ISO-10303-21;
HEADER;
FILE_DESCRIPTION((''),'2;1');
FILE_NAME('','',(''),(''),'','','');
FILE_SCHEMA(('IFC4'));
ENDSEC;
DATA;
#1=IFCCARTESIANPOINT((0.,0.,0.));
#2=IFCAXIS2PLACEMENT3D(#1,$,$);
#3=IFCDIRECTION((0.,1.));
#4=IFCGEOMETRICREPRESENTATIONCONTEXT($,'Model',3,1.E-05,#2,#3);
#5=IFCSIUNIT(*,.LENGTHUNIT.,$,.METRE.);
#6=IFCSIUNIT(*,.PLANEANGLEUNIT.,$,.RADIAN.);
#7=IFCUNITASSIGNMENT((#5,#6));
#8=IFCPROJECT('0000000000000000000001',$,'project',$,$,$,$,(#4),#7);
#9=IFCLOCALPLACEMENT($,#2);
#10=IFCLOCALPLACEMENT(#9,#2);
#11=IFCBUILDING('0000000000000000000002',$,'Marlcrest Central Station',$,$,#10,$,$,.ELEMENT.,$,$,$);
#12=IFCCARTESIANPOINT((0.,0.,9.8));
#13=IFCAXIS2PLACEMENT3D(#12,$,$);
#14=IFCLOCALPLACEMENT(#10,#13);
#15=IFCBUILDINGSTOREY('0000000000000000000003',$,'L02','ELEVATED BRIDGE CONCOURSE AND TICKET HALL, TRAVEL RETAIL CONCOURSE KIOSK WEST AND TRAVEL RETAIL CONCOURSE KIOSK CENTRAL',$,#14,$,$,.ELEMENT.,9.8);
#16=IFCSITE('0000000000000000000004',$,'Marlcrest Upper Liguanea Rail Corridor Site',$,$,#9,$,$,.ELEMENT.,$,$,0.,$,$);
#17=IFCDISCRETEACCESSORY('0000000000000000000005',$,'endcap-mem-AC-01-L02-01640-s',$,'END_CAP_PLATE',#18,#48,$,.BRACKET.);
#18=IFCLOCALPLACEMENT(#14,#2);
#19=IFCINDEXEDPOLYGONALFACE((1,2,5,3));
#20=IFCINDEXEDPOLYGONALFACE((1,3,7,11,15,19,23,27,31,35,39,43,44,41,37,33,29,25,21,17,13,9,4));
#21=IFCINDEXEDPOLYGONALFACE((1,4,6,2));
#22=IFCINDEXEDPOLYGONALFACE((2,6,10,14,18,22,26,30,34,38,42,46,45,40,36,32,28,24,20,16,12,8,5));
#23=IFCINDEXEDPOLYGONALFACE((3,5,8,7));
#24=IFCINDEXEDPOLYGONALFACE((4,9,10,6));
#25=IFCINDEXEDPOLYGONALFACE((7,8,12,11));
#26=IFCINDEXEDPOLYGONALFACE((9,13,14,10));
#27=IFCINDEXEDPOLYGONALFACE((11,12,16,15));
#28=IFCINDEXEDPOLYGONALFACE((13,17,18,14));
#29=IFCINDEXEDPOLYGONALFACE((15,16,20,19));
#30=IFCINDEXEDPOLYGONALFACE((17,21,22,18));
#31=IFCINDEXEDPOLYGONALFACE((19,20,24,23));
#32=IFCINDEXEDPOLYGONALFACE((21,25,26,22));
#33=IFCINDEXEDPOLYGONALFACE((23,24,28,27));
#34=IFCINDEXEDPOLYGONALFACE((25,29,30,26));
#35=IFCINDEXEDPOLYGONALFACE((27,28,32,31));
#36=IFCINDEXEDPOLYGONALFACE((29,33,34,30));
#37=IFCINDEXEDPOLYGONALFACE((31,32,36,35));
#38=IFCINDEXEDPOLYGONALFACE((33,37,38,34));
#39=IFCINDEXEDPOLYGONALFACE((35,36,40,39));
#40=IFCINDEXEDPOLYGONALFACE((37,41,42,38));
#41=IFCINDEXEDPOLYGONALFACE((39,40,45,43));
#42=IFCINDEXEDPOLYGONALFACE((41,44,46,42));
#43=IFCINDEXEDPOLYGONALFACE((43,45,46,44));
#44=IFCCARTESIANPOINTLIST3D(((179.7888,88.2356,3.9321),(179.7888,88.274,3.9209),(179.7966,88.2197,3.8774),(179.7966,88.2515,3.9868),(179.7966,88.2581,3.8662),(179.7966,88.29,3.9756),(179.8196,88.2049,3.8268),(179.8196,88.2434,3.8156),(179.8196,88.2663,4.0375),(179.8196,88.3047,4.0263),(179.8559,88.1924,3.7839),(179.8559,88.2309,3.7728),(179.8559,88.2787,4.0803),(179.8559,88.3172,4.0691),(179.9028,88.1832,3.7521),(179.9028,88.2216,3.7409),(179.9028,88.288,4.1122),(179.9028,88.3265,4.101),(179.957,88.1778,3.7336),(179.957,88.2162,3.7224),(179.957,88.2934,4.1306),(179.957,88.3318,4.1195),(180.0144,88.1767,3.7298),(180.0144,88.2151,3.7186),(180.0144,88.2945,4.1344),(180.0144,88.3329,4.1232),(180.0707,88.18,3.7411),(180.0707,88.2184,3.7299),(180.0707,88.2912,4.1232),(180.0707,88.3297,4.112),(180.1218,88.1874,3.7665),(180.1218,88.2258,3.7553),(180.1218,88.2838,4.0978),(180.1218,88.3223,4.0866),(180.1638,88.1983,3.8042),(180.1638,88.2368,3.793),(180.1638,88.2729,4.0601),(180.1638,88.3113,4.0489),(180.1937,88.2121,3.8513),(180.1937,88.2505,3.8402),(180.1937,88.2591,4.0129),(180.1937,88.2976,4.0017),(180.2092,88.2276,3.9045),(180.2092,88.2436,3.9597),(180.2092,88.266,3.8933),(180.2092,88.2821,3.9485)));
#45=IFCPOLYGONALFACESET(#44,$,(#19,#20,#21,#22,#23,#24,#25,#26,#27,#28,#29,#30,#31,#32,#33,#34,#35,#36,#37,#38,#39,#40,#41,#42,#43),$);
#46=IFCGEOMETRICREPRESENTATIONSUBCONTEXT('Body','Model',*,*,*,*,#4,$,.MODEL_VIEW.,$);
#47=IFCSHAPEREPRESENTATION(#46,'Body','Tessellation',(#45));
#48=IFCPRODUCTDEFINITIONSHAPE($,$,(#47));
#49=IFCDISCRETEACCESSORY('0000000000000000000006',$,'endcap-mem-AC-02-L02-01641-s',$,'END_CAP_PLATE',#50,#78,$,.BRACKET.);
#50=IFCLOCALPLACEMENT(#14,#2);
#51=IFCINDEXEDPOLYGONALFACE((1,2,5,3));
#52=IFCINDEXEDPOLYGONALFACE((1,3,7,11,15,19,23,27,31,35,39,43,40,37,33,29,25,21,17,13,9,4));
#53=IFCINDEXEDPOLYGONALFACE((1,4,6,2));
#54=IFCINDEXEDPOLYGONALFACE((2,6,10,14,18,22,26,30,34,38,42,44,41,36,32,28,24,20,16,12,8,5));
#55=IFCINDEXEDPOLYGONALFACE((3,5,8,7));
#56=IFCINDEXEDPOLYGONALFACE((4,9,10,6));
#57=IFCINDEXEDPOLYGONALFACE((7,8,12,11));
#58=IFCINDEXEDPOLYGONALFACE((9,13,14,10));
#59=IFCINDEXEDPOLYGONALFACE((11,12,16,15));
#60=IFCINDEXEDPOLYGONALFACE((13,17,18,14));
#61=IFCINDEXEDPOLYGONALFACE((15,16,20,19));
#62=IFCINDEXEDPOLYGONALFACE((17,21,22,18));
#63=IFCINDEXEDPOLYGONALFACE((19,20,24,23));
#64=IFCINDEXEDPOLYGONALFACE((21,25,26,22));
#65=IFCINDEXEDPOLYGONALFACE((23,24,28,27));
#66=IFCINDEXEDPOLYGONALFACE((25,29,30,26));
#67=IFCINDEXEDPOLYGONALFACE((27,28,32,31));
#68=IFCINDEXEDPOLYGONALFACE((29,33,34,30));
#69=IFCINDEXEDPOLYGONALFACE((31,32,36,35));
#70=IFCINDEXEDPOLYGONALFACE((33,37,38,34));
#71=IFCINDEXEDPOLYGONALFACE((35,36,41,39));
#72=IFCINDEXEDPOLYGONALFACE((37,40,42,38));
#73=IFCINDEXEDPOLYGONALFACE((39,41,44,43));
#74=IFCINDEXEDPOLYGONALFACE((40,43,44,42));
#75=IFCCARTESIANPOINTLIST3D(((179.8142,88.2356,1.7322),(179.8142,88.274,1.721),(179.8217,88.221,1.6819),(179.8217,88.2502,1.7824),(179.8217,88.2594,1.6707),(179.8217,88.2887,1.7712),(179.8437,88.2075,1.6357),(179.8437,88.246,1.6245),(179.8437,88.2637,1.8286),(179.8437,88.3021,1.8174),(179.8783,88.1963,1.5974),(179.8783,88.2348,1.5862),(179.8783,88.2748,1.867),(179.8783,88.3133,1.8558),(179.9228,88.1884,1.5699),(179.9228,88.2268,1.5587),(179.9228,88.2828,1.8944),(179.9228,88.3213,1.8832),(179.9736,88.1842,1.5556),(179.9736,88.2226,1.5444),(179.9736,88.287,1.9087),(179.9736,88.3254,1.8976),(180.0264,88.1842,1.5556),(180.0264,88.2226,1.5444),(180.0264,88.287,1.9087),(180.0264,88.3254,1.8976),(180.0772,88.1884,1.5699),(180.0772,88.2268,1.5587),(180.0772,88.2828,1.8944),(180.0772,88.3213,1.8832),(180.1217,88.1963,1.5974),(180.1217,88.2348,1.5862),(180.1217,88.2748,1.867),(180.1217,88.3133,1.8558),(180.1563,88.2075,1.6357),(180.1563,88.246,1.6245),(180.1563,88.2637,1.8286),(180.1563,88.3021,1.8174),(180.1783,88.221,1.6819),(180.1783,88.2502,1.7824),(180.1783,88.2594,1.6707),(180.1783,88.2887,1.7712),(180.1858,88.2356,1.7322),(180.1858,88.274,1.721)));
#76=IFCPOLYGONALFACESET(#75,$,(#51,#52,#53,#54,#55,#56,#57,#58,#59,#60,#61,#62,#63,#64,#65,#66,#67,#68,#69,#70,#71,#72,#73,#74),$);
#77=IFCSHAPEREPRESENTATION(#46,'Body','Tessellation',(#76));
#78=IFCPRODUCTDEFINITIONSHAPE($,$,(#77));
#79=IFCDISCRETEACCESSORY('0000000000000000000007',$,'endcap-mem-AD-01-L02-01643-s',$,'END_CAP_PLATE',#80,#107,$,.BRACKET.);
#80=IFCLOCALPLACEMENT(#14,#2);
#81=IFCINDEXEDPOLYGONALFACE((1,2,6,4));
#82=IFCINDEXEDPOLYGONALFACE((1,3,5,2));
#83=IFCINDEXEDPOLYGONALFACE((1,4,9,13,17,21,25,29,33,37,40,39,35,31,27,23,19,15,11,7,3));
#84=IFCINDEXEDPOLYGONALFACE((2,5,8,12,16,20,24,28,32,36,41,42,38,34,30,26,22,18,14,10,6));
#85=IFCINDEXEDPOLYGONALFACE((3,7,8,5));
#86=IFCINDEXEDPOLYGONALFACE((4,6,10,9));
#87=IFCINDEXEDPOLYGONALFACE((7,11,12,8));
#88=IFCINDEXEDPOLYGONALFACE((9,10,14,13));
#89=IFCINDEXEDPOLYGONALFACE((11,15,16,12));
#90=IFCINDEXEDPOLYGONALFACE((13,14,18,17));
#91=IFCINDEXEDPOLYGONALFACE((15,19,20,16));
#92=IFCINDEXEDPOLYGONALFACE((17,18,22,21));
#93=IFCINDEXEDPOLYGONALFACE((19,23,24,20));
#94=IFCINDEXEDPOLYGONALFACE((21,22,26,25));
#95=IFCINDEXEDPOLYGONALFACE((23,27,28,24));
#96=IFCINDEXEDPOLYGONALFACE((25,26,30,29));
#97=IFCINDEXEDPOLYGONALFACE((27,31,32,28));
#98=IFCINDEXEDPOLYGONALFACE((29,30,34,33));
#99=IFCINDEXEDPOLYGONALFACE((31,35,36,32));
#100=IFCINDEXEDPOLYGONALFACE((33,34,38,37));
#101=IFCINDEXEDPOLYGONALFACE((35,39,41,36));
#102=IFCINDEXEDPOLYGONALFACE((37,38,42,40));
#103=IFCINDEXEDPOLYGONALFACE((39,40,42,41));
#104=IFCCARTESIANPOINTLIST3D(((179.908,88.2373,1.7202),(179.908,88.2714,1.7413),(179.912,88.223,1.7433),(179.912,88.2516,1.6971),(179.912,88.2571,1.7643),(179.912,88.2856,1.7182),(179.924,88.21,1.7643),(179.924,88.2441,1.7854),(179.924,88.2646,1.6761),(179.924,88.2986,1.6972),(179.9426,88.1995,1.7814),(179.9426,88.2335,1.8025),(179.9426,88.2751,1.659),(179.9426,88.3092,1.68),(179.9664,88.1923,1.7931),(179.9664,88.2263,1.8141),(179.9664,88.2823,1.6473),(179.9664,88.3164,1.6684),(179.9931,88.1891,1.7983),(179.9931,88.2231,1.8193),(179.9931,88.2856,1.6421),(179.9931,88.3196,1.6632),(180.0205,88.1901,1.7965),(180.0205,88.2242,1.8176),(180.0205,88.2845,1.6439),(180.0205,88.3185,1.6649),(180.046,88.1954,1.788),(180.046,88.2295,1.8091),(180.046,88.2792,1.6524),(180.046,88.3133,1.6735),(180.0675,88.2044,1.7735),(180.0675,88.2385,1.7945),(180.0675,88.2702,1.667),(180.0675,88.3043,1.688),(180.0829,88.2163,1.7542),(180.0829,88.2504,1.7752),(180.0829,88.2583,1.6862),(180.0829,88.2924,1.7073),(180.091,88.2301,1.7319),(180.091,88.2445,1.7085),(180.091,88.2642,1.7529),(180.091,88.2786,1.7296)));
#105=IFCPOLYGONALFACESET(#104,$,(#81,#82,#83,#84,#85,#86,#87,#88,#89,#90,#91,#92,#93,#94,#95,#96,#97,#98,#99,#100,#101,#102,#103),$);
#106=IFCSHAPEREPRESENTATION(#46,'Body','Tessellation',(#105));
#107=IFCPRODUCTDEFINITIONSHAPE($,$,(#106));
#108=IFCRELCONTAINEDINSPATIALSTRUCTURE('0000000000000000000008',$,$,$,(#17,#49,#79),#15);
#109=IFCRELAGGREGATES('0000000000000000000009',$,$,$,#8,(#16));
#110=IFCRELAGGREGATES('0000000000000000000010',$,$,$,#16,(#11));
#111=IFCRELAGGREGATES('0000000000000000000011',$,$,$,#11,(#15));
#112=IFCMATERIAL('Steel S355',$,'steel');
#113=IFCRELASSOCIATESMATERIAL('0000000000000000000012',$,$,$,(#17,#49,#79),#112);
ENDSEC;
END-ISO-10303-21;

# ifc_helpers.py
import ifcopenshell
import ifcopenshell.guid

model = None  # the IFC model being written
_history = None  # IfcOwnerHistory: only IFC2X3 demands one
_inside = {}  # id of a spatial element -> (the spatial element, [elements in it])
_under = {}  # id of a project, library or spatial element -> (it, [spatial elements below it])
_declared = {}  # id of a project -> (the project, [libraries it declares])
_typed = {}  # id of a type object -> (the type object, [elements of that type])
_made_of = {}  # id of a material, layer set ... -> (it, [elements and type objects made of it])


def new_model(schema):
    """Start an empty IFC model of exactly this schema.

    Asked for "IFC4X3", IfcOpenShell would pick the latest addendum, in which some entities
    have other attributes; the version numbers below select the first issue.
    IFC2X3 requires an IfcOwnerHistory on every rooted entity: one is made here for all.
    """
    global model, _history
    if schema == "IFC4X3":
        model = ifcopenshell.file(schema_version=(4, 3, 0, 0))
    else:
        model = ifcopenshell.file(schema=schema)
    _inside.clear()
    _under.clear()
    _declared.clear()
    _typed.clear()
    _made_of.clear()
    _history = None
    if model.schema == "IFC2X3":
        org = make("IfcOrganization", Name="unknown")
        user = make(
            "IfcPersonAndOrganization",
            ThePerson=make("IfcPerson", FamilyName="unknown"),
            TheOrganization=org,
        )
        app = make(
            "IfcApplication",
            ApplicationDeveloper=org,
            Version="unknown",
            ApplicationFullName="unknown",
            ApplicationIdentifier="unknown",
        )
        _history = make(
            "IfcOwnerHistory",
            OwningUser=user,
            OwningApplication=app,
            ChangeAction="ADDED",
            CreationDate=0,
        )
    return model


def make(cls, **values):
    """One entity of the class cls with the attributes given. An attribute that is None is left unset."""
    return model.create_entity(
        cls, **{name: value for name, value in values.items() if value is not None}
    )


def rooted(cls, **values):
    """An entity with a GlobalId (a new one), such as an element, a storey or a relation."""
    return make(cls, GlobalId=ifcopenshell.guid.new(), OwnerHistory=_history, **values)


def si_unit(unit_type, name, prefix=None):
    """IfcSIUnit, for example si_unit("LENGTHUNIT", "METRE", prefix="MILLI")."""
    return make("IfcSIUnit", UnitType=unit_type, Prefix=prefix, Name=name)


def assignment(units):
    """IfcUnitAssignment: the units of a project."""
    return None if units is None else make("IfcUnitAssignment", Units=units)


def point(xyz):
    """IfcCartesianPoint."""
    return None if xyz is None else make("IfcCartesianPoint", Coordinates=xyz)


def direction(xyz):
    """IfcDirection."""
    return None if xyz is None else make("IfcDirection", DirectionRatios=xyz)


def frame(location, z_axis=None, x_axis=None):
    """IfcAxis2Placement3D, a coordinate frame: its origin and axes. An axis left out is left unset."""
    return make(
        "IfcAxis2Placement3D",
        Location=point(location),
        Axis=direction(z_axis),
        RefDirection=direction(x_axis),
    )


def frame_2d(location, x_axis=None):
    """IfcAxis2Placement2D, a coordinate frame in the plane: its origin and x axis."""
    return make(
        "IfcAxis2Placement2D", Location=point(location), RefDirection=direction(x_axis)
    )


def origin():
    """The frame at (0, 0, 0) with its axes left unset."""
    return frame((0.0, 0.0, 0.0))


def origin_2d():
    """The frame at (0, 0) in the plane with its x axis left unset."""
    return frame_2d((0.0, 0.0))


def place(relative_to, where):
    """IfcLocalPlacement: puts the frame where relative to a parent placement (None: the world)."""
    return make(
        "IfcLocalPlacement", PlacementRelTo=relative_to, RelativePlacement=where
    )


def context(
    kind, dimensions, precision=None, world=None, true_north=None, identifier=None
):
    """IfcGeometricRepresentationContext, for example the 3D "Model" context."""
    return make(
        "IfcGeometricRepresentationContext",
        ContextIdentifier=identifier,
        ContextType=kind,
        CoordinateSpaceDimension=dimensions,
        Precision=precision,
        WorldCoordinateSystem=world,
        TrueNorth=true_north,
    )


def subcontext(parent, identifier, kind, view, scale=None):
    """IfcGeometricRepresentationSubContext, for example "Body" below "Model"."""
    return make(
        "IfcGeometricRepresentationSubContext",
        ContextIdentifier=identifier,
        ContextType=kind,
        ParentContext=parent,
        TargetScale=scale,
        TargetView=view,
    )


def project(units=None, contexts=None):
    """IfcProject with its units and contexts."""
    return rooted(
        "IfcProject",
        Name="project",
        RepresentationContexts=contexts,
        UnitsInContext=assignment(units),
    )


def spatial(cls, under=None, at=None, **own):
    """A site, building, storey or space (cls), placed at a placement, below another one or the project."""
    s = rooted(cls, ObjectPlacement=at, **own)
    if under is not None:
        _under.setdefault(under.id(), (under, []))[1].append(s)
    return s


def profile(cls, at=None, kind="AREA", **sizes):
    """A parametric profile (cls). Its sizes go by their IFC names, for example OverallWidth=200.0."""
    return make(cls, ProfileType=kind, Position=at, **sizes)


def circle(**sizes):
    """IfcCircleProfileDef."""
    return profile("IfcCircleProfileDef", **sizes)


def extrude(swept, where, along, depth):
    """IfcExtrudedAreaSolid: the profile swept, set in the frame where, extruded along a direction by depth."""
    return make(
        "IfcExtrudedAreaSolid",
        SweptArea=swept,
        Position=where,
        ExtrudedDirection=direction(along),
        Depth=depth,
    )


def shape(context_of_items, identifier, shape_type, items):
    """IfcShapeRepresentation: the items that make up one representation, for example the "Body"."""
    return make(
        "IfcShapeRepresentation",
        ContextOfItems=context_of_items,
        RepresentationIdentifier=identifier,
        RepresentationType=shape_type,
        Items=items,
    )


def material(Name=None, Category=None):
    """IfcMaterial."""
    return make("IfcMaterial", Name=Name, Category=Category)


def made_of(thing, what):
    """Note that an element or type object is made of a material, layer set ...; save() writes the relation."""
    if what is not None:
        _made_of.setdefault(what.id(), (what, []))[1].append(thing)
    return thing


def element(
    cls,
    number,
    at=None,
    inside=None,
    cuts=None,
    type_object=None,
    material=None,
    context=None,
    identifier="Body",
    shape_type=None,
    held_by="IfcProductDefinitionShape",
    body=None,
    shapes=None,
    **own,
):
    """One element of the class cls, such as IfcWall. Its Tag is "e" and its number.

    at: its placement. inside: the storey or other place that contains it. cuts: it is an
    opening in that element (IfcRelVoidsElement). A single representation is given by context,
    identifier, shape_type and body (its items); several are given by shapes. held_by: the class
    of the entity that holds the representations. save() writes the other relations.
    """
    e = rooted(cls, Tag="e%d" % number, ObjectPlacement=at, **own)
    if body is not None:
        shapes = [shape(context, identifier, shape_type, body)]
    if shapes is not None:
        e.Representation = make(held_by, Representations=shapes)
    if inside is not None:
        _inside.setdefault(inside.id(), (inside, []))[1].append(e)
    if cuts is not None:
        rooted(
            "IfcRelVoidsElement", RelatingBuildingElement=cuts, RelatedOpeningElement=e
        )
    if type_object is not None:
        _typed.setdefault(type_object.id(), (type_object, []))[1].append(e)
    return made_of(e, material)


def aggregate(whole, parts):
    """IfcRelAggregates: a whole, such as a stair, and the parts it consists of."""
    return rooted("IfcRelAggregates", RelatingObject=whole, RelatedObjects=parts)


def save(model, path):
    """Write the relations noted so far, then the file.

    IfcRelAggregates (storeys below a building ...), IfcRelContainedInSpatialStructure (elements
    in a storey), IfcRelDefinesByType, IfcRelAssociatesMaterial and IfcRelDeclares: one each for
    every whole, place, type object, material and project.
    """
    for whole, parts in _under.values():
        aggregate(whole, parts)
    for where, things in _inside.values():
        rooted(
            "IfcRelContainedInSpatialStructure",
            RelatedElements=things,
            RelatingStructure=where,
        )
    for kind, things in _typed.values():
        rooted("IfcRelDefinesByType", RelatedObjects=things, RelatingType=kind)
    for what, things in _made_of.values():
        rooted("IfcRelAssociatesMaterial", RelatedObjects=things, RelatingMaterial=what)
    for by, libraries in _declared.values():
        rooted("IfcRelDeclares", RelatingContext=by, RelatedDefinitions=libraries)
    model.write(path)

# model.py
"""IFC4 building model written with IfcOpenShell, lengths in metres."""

from ifc_helpers import new_model, si_unit, direction, frame, origin, origin_2d, place, context, subcontext, project, spatial, circle, extrude, material, element, save


model = new_model("IFC4")

# Units and contexts
model_context = context("Model", 3, precision=1e-05, world=origin(), true_north=direction((0.0, 1.0)))
body_context = subcontext(model_context, "Body", "Model", "MODEL_VIEW")
ifc_project = project(units=[si_unit("LENGTHUNIT", "METRE"), si_unit("PLANEANGLEUNIT", "RADIAN")], contexts=[model_context])

# Site, building, storey
site_placement = place(None, origin())
site = spatial("IfcSite", under=ifc_project, at=site_placement, Name="Marlcrest Upper Liguanea Rail Corridor Site", CompositionType="ELEMENT", RefElevation=0.0)
building_placement = place(site_placement, origin())
building = spatial("IfcBuilding", under=site, at=building_placement, Name="Marlcrest Central Station", CompositionType="ELEMENT")
storey_placement = place(building_placement, frame((0.0, 0.0, 9.8)))
storey = spatial("IfcBuildingStorey", under=building, at=storey_placement, Name="L02", Description="ELEVATED BRIDGE CONCOURSE AND TICKET HALL, TRAVEL RETAIL CONCOURSE KIOSK WEST AND TRAVEL RETAIL CONCOURSE KIOSK CENTRAL", CompositionType="ELEMENT", Elevation=9.8)

# Shared definitions
ifc_material_1 = material(Name="Steel S355", Category="steel")

# Discrete accessories
discrete_accessory_1_placement = place(storey_placement, frame((180.0, 88.2356, 3.9321), z_axis=(0.0, 0.96013, -0.279554), x_axis=(-1.0, 0.0, 0.0)))
element("IfcDiscreteAccessory", 1, at=discrete_accessory_1_placement, inside=storey, material=ifc_material_1, Name="endcap-mem-AC-01-L02-01640-s", ObjectType="END_CAP_PLATE", PredefinedType="BRACKET", context=body_context, shape_type="SweptSolid", body=[
    extrude(circle(Radius=0.2112, at=origin_2d()), origin(), (0.0, 0.0, 1.0), 0.04),
])
discrete_accessory_2_placement = place(storey_placement, frame((180.0, 88.2356, 1.7322), z_axis=(0.0, 0.96013, -0.279554), x_axis=(-1.0, 0.0, 0.0)))
element("IfcDiscreteAccessory", 2, at=discrete_accessory_2_placement, inside=storey, material=ifc_material_1, Name="endcap-mem-AC-02-L02-01641-s", ObjectType="END_CAP_PLATE", PredefinedType="BRACKET", context=body_context, shape_type="SweptSolid", body=[
    extrude(circle(Radius=0.1858, at=origin_2d()), origin(), (0.0, 0.0, 1.0), 0.04),
])
discrete_accessory_3_placement = place(storey_placement, frame((180.0, 88.2373, 1.7202), z_axis=(0.0, 0.850687, 0.525672), x_axis=(-1.0, 0.0, 0.0)))
element("IfcDiscreteAccessory", 3, at=discrete_accessory_3_placement, inside=storey, material=ifc_material_1, Name="endcap-mem-AD-01-L02-01643-s", ObjectType="END_CAP_PLATE", PredefinedType="BRACKET", context=body_context, shape_type="SweptSolid", body=[
    extrude(circle(Radius=0.092, at=origin_2d()), origin(), (0.0, 0.0, 1.0), 0.04),
])

save(model, "model.ifc")
